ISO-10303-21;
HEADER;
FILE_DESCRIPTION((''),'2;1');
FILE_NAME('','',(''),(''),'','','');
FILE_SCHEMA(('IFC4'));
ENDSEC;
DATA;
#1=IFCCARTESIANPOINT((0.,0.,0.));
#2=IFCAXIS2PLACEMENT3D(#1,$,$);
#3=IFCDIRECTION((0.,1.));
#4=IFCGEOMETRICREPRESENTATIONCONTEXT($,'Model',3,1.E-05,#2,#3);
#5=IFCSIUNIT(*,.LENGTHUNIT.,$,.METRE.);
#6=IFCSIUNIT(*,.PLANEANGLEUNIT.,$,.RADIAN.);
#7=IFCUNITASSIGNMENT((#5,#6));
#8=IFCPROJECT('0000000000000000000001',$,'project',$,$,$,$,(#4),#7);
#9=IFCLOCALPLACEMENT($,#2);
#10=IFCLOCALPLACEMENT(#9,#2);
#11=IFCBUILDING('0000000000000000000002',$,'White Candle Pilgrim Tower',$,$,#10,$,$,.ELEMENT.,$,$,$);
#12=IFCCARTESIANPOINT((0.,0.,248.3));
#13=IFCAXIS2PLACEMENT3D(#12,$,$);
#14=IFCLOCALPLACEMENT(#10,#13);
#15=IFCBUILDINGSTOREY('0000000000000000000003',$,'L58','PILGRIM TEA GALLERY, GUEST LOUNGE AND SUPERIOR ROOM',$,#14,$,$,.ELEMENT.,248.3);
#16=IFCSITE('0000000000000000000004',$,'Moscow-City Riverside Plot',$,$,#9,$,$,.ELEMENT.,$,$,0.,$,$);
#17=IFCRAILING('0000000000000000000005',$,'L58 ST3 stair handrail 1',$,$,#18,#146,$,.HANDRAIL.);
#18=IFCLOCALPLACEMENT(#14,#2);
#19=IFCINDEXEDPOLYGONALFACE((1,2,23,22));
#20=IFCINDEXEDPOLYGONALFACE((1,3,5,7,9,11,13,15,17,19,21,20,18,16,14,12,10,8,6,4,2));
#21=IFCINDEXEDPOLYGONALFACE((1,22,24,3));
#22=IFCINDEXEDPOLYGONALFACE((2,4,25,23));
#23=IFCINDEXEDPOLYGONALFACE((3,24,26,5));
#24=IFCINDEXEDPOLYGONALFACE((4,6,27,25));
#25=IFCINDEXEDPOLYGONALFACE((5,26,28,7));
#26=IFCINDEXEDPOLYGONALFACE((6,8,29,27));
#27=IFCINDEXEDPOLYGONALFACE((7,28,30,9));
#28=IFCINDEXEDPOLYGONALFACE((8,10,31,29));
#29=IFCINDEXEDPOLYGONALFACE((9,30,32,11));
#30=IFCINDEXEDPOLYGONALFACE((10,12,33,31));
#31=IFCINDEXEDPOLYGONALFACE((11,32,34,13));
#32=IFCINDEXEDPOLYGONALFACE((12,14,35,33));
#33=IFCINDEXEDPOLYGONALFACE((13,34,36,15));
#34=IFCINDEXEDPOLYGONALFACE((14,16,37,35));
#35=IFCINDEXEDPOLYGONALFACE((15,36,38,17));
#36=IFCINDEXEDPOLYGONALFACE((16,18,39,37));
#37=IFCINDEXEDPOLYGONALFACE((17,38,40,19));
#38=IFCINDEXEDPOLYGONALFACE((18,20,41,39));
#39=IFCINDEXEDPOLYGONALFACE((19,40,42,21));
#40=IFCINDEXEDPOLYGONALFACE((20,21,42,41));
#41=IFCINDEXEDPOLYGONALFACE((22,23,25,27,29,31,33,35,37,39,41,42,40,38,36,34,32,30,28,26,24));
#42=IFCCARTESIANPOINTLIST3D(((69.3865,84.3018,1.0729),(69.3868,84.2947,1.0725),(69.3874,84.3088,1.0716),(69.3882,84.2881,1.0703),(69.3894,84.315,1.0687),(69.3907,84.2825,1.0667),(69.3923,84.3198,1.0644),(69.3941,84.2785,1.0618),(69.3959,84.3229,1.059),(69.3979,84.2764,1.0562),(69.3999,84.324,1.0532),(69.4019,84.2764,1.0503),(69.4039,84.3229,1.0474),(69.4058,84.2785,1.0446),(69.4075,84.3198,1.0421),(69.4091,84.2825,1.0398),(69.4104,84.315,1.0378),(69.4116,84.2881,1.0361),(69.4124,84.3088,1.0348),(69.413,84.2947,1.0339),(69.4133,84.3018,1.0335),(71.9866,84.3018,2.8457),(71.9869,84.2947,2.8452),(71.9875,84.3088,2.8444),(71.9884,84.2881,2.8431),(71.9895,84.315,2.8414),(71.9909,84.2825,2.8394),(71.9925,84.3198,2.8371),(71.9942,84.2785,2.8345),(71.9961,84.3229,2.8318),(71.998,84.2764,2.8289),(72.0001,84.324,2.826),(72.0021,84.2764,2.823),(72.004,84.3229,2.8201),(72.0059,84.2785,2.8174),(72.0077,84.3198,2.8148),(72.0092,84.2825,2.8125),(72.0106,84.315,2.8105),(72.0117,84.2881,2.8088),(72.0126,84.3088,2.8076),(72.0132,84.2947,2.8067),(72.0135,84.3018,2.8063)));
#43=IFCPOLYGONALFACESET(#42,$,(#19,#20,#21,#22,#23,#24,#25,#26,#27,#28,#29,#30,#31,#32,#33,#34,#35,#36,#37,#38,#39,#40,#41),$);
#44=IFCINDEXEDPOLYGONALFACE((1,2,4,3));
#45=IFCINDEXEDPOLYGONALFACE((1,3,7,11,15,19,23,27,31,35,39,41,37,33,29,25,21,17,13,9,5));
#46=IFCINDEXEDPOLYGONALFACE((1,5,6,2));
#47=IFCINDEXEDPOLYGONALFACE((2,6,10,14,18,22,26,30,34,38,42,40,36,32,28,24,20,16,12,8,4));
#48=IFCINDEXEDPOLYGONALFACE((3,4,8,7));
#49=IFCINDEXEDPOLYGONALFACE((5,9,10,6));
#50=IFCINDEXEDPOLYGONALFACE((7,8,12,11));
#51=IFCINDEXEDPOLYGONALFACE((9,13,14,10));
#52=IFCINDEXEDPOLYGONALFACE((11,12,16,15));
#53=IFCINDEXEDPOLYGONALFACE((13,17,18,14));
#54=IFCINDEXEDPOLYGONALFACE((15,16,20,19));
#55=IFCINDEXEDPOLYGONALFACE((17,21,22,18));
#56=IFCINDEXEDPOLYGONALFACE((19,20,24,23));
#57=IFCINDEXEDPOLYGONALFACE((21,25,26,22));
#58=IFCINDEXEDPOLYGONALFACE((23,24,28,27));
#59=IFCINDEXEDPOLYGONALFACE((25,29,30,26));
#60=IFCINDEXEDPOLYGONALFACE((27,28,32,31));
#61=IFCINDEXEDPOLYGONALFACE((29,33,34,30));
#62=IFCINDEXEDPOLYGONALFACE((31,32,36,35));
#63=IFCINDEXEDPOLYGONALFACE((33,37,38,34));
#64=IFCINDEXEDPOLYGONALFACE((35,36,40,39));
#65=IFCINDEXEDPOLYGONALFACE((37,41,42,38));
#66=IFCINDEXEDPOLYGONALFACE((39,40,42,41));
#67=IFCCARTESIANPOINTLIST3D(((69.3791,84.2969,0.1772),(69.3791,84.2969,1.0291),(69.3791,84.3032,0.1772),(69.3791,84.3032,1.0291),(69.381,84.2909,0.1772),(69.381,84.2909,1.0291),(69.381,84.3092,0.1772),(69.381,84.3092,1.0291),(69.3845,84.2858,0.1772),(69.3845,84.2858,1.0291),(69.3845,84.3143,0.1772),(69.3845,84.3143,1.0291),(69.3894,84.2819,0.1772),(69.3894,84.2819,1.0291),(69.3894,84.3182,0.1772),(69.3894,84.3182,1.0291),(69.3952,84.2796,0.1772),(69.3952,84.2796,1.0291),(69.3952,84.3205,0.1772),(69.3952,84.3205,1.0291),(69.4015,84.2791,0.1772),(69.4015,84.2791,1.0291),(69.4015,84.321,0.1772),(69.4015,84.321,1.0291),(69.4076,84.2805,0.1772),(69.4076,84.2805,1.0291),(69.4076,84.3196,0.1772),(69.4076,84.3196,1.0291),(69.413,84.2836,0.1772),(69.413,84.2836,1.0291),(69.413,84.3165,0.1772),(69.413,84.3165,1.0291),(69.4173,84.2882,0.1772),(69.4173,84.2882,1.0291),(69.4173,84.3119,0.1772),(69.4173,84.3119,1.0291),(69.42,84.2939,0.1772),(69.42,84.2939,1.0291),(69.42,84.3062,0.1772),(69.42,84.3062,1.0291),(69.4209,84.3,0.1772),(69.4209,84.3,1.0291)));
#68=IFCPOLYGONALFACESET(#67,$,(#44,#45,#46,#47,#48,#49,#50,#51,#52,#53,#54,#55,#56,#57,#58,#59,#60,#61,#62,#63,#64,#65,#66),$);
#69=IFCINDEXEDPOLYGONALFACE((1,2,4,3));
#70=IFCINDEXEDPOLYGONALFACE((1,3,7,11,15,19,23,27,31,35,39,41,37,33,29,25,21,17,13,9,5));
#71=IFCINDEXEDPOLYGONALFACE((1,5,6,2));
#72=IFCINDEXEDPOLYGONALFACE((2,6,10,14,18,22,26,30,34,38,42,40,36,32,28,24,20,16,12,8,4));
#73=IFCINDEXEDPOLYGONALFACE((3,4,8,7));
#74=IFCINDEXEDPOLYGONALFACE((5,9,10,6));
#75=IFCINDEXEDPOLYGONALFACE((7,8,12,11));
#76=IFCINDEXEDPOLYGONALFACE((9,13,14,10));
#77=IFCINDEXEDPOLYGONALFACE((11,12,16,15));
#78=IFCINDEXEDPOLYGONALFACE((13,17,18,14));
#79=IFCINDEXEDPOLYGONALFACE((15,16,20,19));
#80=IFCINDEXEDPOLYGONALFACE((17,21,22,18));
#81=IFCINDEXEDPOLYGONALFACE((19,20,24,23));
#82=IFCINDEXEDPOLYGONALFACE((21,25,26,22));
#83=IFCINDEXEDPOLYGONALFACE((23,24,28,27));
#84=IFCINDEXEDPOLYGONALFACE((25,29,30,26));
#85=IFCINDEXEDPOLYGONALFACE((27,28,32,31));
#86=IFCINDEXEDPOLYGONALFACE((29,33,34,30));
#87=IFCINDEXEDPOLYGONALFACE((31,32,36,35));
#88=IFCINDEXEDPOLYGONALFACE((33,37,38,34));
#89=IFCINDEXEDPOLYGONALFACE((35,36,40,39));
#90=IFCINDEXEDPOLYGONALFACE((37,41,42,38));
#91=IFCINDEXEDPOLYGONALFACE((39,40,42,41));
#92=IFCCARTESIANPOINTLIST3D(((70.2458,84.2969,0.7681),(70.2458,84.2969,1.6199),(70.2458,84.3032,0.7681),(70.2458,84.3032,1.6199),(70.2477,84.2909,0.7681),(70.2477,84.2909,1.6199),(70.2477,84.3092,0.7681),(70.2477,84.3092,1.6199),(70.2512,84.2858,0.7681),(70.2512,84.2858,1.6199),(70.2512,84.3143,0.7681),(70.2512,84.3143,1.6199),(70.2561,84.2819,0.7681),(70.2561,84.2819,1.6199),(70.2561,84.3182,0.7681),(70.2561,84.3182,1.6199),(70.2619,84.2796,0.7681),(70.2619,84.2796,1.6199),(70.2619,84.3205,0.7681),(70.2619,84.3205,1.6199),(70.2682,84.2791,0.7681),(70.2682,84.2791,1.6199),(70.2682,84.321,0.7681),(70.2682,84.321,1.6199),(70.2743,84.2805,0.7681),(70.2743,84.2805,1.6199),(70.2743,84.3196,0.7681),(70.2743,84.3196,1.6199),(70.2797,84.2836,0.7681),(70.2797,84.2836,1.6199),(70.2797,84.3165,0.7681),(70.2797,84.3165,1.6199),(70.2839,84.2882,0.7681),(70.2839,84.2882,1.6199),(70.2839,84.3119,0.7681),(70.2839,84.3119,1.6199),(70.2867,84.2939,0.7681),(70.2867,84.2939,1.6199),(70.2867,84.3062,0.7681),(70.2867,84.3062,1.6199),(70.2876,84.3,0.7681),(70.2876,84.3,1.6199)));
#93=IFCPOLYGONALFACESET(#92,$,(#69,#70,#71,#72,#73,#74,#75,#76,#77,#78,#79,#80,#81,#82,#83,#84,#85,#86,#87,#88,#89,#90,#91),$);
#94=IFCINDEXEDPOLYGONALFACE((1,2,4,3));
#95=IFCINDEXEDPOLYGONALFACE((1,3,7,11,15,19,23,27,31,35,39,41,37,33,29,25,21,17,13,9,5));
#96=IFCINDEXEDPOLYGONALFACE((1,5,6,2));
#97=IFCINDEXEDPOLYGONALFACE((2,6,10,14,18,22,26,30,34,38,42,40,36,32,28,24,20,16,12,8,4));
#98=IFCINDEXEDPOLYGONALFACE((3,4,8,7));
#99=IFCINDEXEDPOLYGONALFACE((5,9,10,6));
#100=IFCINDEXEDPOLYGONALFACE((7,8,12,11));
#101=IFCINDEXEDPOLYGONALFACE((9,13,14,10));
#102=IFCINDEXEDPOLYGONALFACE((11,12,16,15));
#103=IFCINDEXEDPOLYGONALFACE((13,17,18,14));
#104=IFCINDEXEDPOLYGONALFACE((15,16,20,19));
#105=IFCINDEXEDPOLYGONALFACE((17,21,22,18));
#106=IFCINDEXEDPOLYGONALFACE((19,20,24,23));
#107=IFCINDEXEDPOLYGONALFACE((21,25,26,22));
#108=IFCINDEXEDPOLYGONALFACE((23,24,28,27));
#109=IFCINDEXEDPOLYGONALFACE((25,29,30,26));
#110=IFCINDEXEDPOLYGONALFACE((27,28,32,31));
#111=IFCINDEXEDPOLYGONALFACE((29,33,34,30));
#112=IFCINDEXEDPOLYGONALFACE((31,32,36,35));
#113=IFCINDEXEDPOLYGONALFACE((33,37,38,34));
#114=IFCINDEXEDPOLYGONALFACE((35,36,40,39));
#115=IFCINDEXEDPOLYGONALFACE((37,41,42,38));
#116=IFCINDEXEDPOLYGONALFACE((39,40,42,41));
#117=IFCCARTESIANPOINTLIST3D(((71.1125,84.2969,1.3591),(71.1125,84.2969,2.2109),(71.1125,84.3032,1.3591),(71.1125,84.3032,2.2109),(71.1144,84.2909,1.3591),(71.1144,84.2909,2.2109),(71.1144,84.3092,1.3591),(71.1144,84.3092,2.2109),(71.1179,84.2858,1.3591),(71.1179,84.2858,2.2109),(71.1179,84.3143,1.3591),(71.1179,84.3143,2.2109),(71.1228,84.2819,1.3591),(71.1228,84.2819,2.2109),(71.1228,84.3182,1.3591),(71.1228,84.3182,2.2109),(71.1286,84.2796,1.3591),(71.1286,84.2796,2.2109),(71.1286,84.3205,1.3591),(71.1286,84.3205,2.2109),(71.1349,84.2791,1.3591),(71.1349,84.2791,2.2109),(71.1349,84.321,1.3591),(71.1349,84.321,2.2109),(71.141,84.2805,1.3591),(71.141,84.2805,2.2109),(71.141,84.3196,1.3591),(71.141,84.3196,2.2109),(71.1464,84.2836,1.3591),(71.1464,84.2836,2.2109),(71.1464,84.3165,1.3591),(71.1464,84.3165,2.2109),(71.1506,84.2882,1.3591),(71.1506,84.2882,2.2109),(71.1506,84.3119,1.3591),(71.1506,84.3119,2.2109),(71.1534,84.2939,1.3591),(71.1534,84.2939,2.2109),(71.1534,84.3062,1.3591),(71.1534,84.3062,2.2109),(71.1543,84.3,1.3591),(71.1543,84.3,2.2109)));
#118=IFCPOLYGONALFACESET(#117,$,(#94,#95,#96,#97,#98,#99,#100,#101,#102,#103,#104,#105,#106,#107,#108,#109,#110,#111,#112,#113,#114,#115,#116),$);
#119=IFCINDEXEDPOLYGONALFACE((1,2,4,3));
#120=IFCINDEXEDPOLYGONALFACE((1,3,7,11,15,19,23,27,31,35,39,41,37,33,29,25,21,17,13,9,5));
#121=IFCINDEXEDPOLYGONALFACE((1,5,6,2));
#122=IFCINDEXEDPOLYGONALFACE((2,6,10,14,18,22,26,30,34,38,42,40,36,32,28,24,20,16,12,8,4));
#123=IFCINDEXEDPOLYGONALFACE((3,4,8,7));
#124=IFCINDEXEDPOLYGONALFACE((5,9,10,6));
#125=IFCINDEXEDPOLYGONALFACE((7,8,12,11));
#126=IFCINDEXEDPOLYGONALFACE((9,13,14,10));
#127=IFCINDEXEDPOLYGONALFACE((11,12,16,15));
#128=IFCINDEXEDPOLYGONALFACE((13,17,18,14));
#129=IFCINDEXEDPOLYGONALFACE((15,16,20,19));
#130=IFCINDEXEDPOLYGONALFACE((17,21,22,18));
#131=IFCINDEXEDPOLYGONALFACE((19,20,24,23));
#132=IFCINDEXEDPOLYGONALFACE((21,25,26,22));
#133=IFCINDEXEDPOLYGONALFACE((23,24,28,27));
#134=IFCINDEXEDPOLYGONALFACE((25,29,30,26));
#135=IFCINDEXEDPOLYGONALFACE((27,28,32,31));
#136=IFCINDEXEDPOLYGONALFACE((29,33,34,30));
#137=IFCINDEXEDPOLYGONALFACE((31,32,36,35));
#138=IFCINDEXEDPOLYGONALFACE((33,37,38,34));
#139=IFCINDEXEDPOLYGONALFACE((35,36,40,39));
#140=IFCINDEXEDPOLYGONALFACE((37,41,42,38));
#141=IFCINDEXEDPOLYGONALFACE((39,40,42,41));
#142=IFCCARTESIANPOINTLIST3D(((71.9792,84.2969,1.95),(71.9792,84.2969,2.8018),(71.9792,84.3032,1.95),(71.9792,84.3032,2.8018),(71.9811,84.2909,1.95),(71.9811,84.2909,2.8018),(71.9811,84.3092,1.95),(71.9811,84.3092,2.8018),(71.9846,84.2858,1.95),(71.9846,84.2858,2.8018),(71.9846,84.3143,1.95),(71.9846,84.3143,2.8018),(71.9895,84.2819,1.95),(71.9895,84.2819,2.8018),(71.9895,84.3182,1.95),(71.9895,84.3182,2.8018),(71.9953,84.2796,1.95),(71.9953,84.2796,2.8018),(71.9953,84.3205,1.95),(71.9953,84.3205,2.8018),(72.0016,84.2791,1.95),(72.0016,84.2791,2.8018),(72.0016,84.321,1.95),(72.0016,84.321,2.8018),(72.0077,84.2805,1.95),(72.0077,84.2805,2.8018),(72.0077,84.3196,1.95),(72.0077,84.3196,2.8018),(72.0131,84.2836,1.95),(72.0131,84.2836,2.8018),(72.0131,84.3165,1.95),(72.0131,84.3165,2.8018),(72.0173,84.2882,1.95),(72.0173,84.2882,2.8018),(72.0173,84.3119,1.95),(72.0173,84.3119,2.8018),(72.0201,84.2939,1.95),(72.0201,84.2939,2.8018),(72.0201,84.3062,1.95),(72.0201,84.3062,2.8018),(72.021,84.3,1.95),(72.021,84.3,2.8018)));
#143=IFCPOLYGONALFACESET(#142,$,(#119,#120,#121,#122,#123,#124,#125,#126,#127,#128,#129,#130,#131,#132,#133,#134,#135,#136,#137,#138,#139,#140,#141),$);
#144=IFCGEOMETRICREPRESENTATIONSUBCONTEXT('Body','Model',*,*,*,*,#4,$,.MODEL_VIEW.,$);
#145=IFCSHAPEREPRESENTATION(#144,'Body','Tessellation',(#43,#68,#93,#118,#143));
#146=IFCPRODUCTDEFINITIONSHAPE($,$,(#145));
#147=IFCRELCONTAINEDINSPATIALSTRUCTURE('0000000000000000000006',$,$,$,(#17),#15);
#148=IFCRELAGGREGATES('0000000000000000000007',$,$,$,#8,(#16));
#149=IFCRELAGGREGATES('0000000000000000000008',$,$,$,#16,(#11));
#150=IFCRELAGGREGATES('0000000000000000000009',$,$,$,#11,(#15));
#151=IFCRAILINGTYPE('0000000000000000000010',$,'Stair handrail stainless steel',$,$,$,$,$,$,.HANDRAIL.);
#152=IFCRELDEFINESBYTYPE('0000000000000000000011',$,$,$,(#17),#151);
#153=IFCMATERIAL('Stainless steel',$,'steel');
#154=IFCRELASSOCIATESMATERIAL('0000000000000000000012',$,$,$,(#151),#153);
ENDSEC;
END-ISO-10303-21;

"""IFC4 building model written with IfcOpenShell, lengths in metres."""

from ifc_helpers import new_model, si_unit, direction, frame, origin, origin_2d, place, context, subcontext, project, spatial, circle, extrude, material, type_object, element, save


model = new_model("IFC4")

# Units and contexts
model_context = context("Model", 3, precision=1e-05, world=origin(), true_north=direction((0.0, 1.0)))
body_context = subcontext(model_context, "Body", "Model", "MODEL_VIEW")
ifc_project = project(units=[si_unit("LENGTHUNIT", "METRE"), si_unit("PLANEANGLEUNIT", "RADIAN")], contexts=[model_context])

# Site, building, storey
site_placement = place(None, origin())
site = spatial("IfcSite", under=ifc_project, at=site_placement, Name="Moscow-City Riverside Plot", CompositionType="ELEMENT", RefElevation=0.0)
building_placement = place(site_placement, origin())
building = spatial("IfcBuilding", under=site, at=building_placement, Name="White Candle Pilgrim Tower", CompositionType="ELEMENT")
storey_placement = place(building_placement, frame((0.0, 0.0, 248.3)))
storey = spatial("IfcBuildingStorey", under=building, at=storey_placement, Name="L58", Description="PILGRIM TEA GALLERY, GUEST LOUNGE AND SUPERIOR ROOM", CompositionType="ELEMENT", Elevation=248.3)

# Railing
ifc_material_1 = material(Name="Stainless steel", Category="steel")
railing_type_1 = type_object("IfcRailingType", Name="Stair handrail stainless steel", PredefinedType="HANDRAIL", material=ifc_material_1)
railing_1_placement = place(storey_placement, frame((69.3999, 84.3, 0.1772)))
element("IfcRailing", 1, at=railing_1_placement, inside=storey, type_object=railing_type_1, Name="L58 ST3 stair handrail 1", PredefinedType="HANDRAIL", context=body_context, shape_type="SweptSolid", body=[
    extrude(circle(Radius=0.0239, at=origin_2d()), frame((0.0, 0.0, 0.876), z_axis=(0.82624, 0.0, 0.563318), x_axis=(0.0, 1.0, 0.0)), (0.0, 0.0, 1.0), 3.147),
    extrude(circle(Radius=0.021, at=origin_2d()), origin(), (0.0, 0.0, 1.0), 0.8518),
    extrude(circle(Radius=0.021, at=origin_2d()), frame((0.8667, 0.0, 0.5908)), (0.0, 0.0, 1.0), 0.8518),
    extrude(circle(Radius=0.021, at=origin_2d()), frame((1.7334, 0.0, 1.1819)), (0.0, 0.0, 1.0), 0.8518),
    extrude(circle(Radius=0.021, at=origin_2d()), frame((2.6001, 0.0, 1.7727)), (0.0, 0.0, 1.0), 0.8518),
])

save(model, "model.ifc")
